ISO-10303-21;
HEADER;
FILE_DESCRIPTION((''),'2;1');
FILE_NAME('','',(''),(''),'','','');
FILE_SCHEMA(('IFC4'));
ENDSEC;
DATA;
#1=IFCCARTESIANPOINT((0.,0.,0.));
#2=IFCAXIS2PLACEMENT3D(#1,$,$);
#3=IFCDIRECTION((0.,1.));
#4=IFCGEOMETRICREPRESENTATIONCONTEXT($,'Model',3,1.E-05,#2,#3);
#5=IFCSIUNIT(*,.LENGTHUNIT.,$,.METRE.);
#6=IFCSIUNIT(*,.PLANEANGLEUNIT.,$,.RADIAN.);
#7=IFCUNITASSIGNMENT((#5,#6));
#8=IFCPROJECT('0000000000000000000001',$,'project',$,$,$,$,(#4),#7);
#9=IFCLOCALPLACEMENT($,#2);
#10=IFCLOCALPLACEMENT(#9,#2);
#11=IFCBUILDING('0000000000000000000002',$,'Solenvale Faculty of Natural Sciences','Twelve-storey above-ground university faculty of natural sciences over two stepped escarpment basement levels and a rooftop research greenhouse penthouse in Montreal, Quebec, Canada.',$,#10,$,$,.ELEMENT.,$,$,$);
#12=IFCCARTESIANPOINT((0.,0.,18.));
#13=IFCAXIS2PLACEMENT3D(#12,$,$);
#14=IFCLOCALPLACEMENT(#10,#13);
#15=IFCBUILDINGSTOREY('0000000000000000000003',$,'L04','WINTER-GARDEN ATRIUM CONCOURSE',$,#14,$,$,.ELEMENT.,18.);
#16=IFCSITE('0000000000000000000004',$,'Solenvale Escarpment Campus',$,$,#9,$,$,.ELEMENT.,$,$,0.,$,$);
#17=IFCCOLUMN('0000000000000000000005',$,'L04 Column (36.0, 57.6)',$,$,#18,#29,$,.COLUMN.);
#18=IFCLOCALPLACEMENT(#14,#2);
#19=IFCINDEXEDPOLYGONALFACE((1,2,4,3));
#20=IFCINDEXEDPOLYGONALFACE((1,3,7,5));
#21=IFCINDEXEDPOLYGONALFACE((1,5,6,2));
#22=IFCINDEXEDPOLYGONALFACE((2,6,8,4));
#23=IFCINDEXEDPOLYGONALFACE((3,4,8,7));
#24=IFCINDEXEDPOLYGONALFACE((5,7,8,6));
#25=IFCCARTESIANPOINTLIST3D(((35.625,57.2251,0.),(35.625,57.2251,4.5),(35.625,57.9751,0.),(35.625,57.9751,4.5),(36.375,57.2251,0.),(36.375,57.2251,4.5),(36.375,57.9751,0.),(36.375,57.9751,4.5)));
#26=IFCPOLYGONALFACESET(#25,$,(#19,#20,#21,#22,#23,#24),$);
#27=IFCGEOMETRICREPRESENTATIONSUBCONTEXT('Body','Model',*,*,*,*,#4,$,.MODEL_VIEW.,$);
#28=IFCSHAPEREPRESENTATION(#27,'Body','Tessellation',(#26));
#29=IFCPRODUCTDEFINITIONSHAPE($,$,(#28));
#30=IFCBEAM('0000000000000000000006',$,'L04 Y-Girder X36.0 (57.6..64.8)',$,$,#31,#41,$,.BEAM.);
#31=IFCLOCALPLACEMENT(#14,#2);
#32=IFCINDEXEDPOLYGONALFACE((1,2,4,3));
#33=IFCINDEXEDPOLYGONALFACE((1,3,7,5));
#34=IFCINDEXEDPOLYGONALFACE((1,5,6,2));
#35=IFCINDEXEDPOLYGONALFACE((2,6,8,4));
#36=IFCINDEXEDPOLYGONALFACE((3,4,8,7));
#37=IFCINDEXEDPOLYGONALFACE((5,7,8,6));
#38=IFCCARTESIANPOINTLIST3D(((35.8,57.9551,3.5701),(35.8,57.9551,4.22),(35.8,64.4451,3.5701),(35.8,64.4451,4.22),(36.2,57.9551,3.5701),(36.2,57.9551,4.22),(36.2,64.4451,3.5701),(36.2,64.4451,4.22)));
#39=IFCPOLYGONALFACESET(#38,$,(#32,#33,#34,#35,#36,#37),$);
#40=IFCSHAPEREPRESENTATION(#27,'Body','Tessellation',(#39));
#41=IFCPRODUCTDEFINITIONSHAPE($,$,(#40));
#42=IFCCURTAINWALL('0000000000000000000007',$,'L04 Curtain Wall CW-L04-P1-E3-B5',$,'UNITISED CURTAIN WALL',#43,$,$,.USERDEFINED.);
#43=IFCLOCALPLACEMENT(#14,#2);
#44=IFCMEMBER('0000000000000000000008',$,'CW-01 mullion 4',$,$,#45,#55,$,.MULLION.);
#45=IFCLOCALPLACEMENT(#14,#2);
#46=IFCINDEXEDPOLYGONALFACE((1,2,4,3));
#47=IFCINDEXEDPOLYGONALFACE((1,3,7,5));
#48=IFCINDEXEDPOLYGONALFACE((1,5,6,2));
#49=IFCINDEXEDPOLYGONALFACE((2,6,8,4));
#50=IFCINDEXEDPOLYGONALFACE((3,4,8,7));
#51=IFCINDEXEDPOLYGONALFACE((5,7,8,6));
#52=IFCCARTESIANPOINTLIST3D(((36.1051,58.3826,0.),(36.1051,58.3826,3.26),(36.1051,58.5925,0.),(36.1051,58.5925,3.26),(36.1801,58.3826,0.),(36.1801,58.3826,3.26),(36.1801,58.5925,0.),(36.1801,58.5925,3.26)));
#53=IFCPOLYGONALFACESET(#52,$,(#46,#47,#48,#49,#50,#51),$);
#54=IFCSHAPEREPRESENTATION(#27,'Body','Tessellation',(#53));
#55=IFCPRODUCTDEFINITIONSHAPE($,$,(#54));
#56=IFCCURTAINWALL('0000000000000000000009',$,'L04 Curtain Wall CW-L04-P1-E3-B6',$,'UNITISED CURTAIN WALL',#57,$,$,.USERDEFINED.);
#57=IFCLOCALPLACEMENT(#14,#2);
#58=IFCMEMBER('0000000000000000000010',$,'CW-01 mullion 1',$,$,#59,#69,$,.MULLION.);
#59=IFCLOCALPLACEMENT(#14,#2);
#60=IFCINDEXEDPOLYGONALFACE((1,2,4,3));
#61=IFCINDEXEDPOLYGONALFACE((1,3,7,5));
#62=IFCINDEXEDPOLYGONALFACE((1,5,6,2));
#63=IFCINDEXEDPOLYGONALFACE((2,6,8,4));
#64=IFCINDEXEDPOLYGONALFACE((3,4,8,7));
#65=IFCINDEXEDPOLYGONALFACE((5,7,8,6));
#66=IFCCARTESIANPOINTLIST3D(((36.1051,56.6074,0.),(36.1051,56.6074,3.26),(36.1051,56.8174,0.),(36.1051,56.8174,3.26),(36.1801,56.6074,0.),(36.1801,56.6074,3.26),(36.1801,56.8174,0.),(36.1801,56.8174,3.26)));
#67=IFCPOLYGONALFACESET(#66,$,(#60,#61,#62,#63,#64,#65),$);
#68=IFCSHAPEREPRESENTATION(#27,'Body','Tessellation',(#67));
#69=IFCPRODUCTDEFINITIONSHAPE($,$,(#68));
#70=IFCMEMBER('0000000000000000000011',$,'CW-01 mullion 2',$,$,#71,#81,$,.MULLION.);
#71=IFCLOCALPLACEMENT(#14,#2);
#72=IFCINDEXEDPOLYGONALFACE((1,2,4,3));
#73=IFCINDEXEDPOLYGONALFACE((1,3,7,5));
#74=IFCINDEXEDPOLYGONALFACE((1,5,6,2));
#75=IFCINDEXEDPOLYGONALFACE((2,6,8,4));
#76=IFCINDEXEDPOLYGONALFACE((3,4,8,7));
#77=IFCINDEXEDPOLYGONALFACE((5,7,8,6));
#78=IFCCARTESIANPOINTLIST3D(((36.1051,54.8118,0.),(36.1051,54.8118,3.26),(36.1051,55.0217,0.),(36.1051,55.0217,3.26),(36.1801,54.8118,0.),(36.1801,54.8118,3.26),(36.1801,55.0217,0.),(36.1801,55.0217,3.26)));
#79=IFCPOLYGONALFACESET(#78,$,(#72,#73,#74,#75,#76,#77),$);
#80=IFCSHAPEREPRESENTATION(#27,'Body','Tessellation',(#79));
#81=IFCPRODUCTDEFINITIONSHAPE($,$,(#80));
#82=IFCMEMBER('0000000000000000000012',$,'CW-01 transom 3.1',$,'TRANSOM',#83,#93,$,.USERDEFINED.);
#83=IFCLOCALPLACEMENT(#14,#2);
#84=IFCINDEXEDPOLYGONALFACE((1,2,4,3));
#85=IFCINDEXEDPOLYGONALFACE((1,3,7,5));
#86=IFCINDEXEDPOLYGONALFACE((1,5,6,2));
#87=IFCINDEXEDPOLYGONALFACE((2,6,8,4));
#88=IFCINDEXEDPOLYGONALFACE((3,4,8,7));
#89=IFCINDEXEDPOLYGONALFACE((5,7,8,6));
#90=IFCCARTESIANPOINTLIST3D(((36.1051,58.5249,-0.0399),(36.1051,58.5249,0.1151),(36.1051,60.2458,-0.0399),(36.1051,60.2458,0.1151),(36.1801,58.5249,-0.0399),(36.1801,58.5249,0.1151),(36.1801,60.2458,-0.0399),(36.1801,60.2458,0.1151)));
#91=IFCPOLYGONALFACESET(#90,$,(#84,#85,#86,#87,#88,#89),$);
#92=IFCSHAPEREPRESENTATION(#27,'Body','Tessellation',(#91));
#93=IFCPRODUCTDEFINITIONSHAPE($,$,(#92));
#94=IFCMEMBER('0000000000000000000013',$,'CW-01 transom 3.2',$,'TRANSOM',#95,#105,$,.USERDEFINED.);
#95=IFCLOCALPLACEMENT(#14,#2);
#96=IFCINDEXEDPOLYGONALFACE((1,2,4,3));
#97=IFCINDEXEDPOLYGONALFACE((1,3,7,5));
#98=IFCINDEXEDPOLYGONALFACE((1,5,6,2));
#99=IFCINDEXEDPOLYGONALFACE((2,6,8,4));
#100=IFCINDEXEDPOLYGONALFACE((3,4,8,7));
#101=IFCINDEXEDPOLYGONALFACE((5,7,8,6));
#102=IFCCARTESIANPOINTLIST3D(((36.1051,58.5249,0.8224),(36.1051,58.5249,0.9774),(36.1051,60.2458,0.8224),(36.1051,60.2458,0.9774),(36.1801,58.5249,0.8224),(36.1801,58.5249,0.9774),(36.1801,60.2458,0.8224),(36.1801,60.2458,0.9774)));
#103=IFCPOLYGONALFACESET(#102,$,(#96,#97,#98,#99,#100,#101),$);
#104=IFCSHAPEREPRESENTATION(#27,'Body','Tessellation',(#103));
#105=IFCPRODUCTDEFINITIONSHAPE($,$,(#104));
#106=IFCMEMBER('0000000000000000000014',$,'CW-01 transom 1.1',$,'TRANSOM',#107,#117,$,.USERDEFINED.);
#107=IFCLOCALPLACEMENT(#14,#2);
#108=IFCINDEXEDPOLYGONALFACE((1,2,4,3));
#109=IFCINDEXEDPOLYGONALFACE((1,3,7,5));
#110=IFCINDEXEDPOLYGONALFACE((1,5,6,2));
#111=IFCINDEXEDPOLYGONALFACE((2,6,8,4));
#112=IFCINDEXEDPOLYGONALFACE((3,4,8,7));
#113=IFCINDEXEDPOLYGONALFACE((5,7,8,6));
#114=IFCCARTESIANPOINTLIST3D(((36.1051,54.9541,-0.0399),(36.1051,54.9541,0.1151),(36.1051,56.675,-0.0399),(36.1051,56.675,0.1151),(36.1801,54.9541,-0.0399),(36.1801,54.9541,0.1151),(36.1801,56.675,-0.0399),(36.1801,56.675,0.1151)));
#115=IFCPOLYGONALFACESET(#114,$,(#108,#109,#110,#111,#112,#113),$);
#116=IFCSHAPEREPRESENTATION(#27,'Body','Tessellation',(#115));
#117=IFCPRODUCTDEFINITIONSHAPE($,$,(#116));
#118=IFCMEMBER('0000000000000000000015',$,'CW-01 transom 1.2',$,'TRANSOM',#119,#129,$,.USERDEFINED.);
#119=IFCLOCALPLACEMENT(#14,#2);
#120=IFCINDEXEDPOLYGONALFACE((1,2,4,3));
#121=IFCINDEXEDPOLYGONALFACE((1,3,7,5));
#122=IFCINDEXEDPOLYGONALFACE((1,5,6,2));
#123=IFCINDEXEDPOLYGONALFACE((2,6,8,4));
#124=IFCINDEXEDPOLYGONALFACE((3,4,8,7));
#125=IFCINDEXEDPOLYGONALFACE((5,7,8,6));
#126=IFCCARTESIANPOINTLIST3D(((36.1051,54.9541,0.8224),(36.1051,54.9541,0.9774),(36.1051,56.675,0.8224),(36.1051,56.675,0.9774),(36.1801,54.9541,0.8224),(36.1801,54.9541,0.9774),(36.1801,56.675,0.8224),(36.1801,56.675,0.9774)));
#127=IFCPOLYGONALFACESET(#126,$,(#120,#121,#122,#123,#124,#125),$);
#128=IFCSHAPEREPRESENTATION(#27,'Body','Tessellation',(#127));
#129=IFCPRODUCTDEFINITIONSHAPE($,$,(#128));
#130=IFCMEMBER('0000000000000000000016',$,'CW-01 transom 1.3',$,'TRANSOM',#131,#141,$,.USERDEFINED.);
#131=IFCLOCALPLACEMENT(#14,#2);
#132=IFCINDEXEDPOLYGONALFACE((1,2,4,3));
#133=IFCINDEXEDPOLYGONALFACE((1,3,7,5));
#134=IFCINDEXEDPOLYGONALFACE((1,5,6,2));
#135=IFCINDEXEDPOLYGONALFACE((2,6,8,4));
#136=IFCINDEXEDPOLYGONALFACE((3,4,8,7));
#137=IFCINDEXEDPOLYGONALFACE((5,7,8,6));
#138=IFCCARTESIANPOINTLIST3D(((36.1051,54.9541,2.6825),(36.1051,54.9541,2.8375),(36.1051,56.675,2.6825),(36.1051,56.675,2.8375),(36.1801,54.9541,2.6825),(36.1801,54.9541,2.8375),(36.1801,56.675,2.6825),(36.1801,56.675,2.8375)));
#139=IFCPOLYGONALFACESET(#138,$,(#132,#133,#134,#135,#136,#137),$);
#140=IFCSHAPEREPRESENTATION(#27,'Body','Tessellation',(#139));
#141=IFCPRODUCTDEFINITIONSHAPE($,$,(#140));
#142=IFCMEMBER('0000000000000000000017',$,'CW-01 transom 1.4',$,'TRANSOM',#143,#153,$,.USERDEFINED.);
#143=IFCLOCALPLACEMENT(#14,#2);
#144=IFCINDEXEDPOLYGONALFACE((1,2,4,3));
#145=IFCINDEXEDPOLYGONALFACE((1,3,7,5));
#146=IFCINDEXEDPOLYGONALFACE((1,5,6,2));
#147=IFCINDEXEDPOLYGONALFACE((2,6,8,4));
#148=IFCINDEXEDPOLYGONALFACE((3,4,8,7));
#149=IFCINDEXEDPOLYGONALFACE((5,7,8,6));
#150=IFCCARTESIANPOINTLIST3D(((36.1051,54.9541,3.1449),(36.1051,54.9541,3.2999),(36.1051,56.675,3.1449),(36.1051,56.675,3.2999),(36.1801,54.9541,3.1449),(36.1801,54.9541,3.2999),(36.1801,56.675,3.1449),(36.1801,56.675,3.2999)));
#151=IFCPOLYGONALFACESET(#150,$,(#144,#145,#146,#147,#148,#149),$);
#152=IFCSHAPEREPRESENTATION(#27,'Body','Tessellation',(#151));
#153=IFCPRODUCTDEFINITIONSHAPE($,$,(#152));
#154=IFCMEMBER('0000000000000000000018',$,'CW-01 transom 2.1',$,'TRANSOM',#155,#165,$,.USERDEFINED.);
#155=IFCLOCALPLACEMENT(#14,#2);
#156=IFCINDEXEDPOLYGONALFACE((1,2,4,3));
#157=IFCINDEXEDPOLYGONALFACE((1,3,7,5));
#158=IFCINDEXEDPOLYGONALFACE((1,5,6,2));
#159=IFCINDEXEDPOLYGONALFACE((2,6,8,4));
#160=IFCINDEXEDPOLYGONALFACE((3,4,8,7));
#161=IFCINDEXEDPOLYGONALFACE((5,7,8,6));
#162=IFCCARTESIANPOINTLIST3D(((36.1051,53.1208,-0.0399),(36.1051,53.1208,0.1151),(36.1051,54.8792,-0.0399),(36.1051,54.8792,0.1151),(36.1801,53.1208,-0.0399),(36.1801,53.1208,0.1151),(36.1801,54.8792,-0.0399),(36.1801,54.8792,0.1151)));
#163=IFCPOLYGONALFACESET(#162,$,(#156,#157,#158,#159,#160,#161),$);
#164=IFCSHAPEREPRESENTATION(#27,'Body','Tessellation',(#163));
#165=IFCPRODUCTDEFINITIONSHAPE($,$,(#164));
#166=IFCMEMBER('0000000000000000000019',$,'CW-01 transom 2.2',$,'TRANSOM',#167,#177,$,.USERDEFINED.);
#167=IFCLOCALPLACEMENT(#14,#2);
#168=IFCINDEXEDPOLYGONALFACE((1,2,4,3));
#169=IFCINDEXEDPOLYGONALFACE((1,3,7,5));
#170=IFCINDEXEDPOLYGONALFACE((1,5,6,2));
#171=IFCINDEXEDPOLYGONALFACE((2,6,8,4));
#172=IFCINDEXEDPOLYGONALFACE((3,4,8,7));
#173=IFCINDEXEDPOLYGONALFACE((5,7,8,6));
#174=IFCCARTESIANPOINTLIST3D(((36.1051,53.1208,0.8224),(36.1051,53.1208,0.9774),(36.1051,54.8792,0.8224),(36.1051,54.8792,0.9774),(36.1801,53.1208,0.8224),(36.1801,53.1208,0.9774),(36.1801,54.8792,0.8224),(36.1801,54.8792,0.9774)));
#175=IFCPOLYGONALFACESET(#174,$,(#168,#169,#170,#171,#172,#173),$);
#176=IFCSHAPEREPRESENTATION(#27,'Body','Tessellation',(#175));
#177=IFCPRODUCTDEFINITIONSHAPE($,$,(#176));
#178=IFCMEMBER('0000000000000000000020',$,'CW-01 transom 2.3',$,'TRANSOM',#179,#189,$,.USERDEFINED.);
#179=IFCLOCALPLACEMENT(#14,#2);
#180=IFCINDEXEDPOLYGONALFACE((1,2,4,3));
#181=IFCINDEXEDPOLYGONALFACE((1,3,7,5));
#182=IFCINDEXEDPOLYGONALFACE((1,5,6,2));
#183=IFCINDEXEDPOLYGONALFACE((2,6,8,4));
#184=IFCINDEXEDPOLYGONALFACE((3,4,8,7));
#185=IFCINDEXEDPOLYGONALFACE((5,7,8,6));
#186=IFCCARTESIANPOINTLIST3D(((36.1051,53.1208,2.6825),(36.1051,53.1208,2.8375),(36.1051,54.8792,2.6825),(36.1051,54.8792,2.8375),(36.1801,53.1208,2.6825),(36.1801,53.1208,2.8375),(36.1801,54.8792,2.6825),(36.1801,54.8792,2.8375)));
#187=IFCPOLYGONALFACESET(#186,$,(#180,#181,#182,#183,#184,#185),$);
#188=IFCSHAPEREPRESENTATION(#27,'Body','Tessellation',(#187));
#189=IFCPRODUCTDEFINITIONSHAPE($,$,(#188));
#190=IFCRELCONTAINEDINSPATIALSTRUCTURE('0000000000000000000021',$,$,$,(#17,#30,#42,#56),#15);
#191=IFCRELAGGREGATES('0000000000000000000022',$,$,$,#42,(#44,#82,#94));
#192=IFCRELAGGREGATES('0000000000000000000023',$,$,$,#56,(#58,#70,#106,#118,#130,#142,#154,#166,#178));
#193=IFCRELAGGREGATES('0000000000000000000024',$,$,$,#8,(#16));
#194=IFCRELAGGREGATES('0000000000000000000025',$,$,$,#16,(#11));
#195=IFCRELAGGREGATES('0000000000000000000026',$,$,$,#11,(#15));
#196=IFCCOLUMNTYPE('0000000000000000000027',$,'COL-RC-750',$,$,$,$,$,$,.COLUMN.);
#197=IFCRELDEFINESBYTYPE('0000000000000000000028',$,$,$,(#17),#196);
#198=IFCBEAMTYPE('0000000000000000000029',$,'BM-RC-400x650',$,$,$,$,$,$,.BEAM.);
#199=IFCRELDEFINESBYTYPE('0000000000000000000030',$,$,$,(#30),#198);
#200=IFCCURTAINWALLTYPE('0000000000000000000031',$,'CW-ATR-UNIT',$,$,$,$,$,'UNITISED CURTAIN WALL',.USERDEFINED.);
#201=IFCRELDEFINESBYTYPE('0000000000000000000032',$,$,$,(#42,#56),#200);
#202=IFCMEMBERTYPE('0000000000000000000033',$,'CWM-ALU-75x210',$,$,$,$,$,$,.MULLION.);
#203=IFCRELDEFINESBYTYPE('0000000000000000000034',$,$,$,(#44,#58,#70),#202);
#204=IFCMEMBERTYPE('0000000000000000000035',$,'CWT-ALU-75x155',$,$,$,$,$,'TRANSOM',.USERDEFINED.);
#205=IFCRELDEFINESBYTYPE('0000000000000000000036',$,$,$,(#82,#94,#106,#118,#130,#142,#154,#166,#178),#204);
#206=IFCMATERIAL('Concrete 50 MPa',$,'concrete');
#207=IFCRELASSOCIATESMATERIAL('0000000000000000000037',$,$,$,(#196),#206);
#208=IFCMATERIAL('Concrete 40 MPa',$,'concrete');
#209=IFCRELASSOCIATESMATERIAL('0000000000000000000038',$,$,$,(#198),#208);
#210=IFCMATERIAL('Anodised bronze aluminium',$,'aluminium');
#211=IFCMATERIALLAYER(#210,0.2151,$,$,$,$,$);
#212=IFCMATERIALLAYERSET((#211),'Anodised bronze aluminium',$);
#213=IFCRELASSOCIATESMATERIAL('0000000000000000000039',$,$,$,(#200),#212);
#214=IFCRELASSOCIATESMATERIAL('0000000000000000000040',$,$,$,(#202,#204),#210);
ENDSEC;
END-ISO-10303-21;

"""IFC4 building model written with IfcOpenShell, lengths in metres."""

from ifc_helpers import new_model, si_unit, direction, frame, origin, origin_2d, place, context, subcontext, project, spatial, rectangle, extrude, material, layer, layer_set, material_profile, profile_set, type_object, element, aggregate, save


model = new_model("IFC4")

# Units and contexts
model_context = context("Model", 3, precision=1e-05, world=origin(), true_north=direction((0.0, 1.0)))
body_context = subcontext(model_context, "Body", "Model", "MODEL_VIEW")
ifc_project = project(units=[si_unit("LENGTHUNIT", "METRE"), si_unit("PLANEANGLEUNIT", "RADIAN")], contexts=[model_context])

# Site, building, storey
site_placement = place(None, origin())
site = spatial("IfcSite", under=ifc_project, at=site_placement, Name="Solenvale Escarpment Campus", CompositionType="ELEMENT", RefElevation=0.0)
building_placement = place(site_placement, origin())
building = spatial("IfcBuilding", under=site, at=building_placement, Name="Solenvale Faculty of Natural Sciences", Description="Twelve-storey above-ground university faculty of natural sciences over two stepped escarpment basement levels and a rooftop research greenhouse penthouse in Montreal, Quebec, Canada.", CompositionType="ELEMENT")
storey_placement = place(building_placement, frame((0.0, 0.0, 18.0)))
storey = spatial("IfcBuildingStorey", under=building, at=storey_placement, Name="L04", Description="WINTER-GARDEN ATRIUM CONCOURSE", CompositionType="ELEMENT", Elevation=18.0)

# Column
ifc_material_1 = material(Name="Concrete 50 MPa", Category="concrete")
ifc_material_profile_1 = material_profile(ifc_material_1, rectangle(XDim=0.75, YDim=0.75, at=origin_2d()), Name="RC-COL-750x750")
ifc_profile_set_1 = profile_set([ifc_material_profile_1], Name="Concrete 50 MPa")
column_type = type_object("IfcColumnType", Name="COL-RC-750", PredefinedType="COLUMN", material=ifc_profile_set_1)
column_placement = place(storey_placement, frame((36.0, 57.6001, 0.0), z_axis=(0.0, 0.0, 1.0), x_axis=(1.0, 0.0, 0.0)))
element("IfcColumn", 1, at=column_placement, inside=storey, type_object=column_type, Name="L04 Column (36.0, 57.6)", PredefinedType="COLUMN", context=body_context, shape_type="SweptSolid", body=[
    extrude(rectangle(XDim=0.75, YDim=0.75, at=origin_2d()), origin(), (0.0, 0.0, 1.0), 4.5),
])

# Beam
ifc_material_2 = material(Name="Concrete 40 MPa", Category="concrete")
ifc_material_profile_2 = material_profile(ifc_material_2, rectangle(XDim=0.3999, YDim=0.6499, at=origin_2d()), Name="RC-BM-400x650")
ifc_profile_set_2 = profile_set([ifc_material_profile_2], Name="Concrete 40 MPa")
beam_type = type_object("IfcBeamType", Name="BM-RC-400x650", PredefinedType="BEAM", material=ifc_profile_set_2)
beam_placement = place(storey_placement, frame((36.0, 57.9551, 3.895), z_axis=(0.0, 1.0, 0.0), x_axis=(-1.0, 0.0, 0.0)))
element("IfcBeam", 2, at=beam_placement, inside=storey, type_object=beam_type, Name="L04 Y-Girder X36.0 (57.6..64.8)", PredefinedType="BEAM", context=body_context, shape_type="SweptSolid", body=[
    extrude(rectangle(XDim=0.3999, YDim=0.6499, at=origin_2d()), origin(), (0.0, 0.0, 1.0), 6.49),
])

# Curtain wall, member
ifc_material_3 = material(Name="Anodised bronze aluminium", Category="aluminium")
ifc_layer_1 = layer(ifc_material_3, 0.2151)
ifc_layer_set_1 = layer_set([ifc_layer_1], Name="Anodised bronze aluminium")
curtain_wall_type = type_object("IfcCurtainWallType", Name="CW-ATR-UNIT", ElementType="UNITISED CURTAIN WALL", PredefinedType="USERDEFINED", material=ifc_layer_set_1)
curtain_wall_1_placement = place(storey_placement, origin())
curtain_wall_1 = element("IfcCurtainWall", 3, at=curtain_wall_1_placement, inside=storey, type_object=curtain_wall_type, Name="L04 Curtain Wall CW-L04-P1-E3-B5", ObjectType="UNITISED CURTAIN WALL", PredefinedType="USERDEFINED")
ifc_material_profile_3 = material_profile(ifc_material_3, rectangle(XDim=0.075, YDim=0.21, at=origin_2d()), Name="ALU-MUL-75x210")
ifc_profile_set_3 = profile_set([ifc_material_profile_3], Name="Anodised bronze aluminium")
member_type_1 = type_object("IfcMemberType", Name="CWM-ALU-75x210", PredefinedType="MULLION", material=ifc_profile_set_3)
member_1_placement = place(storey_placement, frame((36.1426, 58.4875, 0.0), z_axis=(0.0, 0.0, 1.0), x_axis=(1.0, 0.0, 0.0)))
member_1 = element("IfcMember", 4, at=member_1_placement, type_object=member_type_1, Name="CW-01 mullion 4", PredefinedType="MULLION", context=body_context, shape_type="SweptSolid", body=[
    extrude(rectangle(XDim=0.075, YDim=0.21, at=origin_2d()), origin(), (0.0, 0.0, 1.0), 3.26),
])

# Curtain wall, members
curtain_wall_2_placement = place(storey_placement, origin())
curtain_wall_2 = element("IfcCurtainWall", 5, at=curtain_wall_2_placement, inside=storey, type_object=curtain_wall_type, Name="L04 Curtain Wall CW-L04-P1-E3-B6", ObjectType="UNITISED CURTAIN WALL", PredefinedType="USERDEFINED")
member_2_placement = place(storey_placement, frame((36.1426, 56.7124, 0.0), z_axis=(0.0, 0.0, 1.0), x_axis=(1.0, 0.0, 0.0)))
member_2 = element("IfcMember", 6, at=member_2_placement, type_object=member_type_1, Name="CW-01 mullion 1", PredefinedType="MULLION", context=body_context, shape_type="SweptSolid", body=[
    extrude(rectangle(XDim=0.075, YDim=0.21, at=origin_2d()), origin(), (0.0, 0.0, 1.0), 3.26),
])
member_3_placement = place(storey_placement, frame((36.1426, 54.9167, 0.0), z_axis=(0.0, 0.0, 1.0), x_axis=(1.0, 0.0, 0.0)))
member_3 = element("IfcMember", 7, at=member_3_placement, type_object=member_type_1, Name="CW-01 mullion 2", PredefinedType="MULLION", context=body_context, shape_type="SweptSolid", body=[
    extrude(rectangle(XDim=0.075, YDim=0.21, at=origin_2d()), origin(), (0.0, 0.0, 1.0), 3.26),
])

# Members
ifc_material_profile_4 = material_profile(ifc_material_3, rectangle(XDim=0.075, YDim=0.155, at=origin_2d()), Name="ALU-TRN-75x155")
ifc_profile_set_4 = profile_set([ifc_material_profile_4], Name="Anodised bronze aluminium")
member_type_2 = type_object("IfcMemberType", Name="CWT-ALU-75x155", ElementType="TRANSOM", PredefinedType="USERDEFINED", material=ifc_profile_set_4)
member_4_placement = place(storey_placement, frame((36.1426, 60.2458, 0.0376), z_axis=(0.0, -1.0, 0.0), x_axis=(1.0, 0.0, 0.0)))
member_4 = element("IfcMember", 8, at=member_4_placement, type_object=member_type_2, Name="CW-01 transom 3.1", ObjectType="TRANSOM", PredefinedType="USERDEFINED", context=body_context, shape_type="SweptSolid", body=[
    extrude(rectangle(XDim=0.075, YDim=0.155, at=origin_2d()), origin(), (0.0, 0.0, 1.0), 1.7209),
])
member_5_placement = place(storey_placement, frame((36.1426, 60.2458, 0.8999), z_axis=(0.0, -1.0, 0.0), x_axis=(1.0, 0.0, 0.0)))
member_5 = element("IfcMember", 9, at=member_5_placement, type_object=member_type_2, Name="CW-01 transom 3.2", ObjectType="TRANSOM", PredefinedType="USERDEFINED", context=body_context, shape_type="SweptSolid", body=[
    extrude(rectangle(XDim=0.075, YDim=0.155, at=origin_2d()), origin(), (0.0, 0.0, 1.0), 1.7209),
])
member_6_placement = place(storey_placement, frame((36.1426, 56.675, 0.0376), z_axis=(0.0, -1.0, 0.0), x_axis=(1.0, 0.0, 0.0)))
member_6 = element("IfcMember", 10, at=member_6_placement, type_object=member_type_2, Name="CW-01 transom 1.1", ObjectType="TRANSOM", PredefinedType="USERDEFINED", context=body_context, shape_type="SweptSolid", body=[
    extrude(rectangle(XDim=0.075, YDim=0.155, at=origin_2d()), origin(), (0.0, 0.0, 1.0), 1.7209),
])
member_7_placement = place(storey_placement, frame((36.1426, 56.675, 0.8999), z_axis=(0.0, -1.0, 0.0), x_axis=(1.0, 0.0, 0.0)))
member_7 = element("IfcMember", 11, at=member_7_placement, type_object=member_type_2, Name="CW-01 transom 1.2", ObjectType="TRANSOM", PredefinedType="USERDEFINED", context=body_context, shape_type="SweptSolid", body=[
    extrude(rectangle(XDim=0.075, YDim=0.155, at=origin_2d()), origin(), (0.0, 0.0, 1.0), 1.7209),
])
member_8_placement = place(storey_placement, frame((36.1426, 56.675, 2.76), z_axis=(0.0, -1.0, 0.0), x_axis=(1.0, 0.0, 0.0)))
member_8 = element("IfcMember", 12, at=member_8_placement, type_object=member_type_2, Name="CW-01 transom 1.3", ObjectType="TRANSOM", PredefinedType="USERDEFINED", context=body_context, shape_type="SweptSolid", body=[
    extrude(rectangle(XDim=0.075, YDim=0.155, at=origin_2d()), origin(), (0.0, 0.0, 1.0), 1.7209),
])
member_9_placement = place(storey_placement, frame((36.1426, 56.675, 3.2224), z_axis=(0.0, -1.0, 0.0), x_axis=(1.0, 0.0, 0.0)))
member_9 = element("IfcMember", 13, at=member_9_placement, type_object=member_type_2, Name="CW-01 transom 1.4", ObjectType="TRANSOM", PredefinedType="USERDEFINED", context=body_context, shape_type="SweptSolid", body=[
    extrude(rectangle(XDim=0.075, YDim=0.155, at=origin_2d()), origin(), (0.0, 0.0, 1.0), 1.7209),
])
member_10_placement = place(storey_placement, frame((36.1426, 54.8792, 0.0376), z_axis=(0.0, -1.0, 0.0), x_axis=(1.0, 0.0, 0.0)))
member_10 = element("IfcMember", 14, at=member_10_placement, type_object=member_type_2, Name="CW-01 transom 2.1", ObjectType="TRANSOM", PredefinedType="USERDEFINED", context=body_context, shape_type="SweptSolid", body=[
    extrude(rectangle(XDim=0.075, YDim=0.155, at=origin_2d()), origin(), (0.0, 0.0, 1.0), 1.7583),
])
member_11_placement = place(storey_placement, frame((36.1426, 54.8792, 0.8999), z_axis=(0.0, -1.0, 0.0), x_axis=(1.0, 0.0, 0.0)))
member_11 = element("IfcMember", 15, at=member_11_placement, type_object=member_type_2, Name="CW-01 transom 2.2", ObjectType="TRANSOM", PredefinedType="USERDEFINED", context=body_context, shape_type="SweptSolid", body=[
    extrude(rectangle(XDim=0.075, YDim=0.155, at=origin_2d()), origin(), (0.0, 0.0, 1.0), 1.7583),
])
member_12_placement = place(storey_placement, frame((36.1426, 54.8792, 2.76), z_axis=(0.0, -1.0, 0.0), x_axis=(1.0, 0.0, 0.0)))
member_12 = element("IfcMember", 16, at=member_12_placement, type_object=member_type_2, Name="CW-01 transom 2.3", ObjectType="TRANSOM", PredefinedType="USERDEFINED", context=body_context, shape_type="SweptSolid", body=[
    extrude(rectangle(XDim=0.075, YDim=0.155, at=origin_2d()), origin(), (0.0, 0.0, 1.0), 1.7583),
])

aggregate(curtain_wall_1, [member_1, member_4, member_5])
aggregate(curtain_wall_2, [member_2, member_3, member_6, member_7, member_8, member_9, member_10, member_11, member_12])

save(model, "model.ifc")
